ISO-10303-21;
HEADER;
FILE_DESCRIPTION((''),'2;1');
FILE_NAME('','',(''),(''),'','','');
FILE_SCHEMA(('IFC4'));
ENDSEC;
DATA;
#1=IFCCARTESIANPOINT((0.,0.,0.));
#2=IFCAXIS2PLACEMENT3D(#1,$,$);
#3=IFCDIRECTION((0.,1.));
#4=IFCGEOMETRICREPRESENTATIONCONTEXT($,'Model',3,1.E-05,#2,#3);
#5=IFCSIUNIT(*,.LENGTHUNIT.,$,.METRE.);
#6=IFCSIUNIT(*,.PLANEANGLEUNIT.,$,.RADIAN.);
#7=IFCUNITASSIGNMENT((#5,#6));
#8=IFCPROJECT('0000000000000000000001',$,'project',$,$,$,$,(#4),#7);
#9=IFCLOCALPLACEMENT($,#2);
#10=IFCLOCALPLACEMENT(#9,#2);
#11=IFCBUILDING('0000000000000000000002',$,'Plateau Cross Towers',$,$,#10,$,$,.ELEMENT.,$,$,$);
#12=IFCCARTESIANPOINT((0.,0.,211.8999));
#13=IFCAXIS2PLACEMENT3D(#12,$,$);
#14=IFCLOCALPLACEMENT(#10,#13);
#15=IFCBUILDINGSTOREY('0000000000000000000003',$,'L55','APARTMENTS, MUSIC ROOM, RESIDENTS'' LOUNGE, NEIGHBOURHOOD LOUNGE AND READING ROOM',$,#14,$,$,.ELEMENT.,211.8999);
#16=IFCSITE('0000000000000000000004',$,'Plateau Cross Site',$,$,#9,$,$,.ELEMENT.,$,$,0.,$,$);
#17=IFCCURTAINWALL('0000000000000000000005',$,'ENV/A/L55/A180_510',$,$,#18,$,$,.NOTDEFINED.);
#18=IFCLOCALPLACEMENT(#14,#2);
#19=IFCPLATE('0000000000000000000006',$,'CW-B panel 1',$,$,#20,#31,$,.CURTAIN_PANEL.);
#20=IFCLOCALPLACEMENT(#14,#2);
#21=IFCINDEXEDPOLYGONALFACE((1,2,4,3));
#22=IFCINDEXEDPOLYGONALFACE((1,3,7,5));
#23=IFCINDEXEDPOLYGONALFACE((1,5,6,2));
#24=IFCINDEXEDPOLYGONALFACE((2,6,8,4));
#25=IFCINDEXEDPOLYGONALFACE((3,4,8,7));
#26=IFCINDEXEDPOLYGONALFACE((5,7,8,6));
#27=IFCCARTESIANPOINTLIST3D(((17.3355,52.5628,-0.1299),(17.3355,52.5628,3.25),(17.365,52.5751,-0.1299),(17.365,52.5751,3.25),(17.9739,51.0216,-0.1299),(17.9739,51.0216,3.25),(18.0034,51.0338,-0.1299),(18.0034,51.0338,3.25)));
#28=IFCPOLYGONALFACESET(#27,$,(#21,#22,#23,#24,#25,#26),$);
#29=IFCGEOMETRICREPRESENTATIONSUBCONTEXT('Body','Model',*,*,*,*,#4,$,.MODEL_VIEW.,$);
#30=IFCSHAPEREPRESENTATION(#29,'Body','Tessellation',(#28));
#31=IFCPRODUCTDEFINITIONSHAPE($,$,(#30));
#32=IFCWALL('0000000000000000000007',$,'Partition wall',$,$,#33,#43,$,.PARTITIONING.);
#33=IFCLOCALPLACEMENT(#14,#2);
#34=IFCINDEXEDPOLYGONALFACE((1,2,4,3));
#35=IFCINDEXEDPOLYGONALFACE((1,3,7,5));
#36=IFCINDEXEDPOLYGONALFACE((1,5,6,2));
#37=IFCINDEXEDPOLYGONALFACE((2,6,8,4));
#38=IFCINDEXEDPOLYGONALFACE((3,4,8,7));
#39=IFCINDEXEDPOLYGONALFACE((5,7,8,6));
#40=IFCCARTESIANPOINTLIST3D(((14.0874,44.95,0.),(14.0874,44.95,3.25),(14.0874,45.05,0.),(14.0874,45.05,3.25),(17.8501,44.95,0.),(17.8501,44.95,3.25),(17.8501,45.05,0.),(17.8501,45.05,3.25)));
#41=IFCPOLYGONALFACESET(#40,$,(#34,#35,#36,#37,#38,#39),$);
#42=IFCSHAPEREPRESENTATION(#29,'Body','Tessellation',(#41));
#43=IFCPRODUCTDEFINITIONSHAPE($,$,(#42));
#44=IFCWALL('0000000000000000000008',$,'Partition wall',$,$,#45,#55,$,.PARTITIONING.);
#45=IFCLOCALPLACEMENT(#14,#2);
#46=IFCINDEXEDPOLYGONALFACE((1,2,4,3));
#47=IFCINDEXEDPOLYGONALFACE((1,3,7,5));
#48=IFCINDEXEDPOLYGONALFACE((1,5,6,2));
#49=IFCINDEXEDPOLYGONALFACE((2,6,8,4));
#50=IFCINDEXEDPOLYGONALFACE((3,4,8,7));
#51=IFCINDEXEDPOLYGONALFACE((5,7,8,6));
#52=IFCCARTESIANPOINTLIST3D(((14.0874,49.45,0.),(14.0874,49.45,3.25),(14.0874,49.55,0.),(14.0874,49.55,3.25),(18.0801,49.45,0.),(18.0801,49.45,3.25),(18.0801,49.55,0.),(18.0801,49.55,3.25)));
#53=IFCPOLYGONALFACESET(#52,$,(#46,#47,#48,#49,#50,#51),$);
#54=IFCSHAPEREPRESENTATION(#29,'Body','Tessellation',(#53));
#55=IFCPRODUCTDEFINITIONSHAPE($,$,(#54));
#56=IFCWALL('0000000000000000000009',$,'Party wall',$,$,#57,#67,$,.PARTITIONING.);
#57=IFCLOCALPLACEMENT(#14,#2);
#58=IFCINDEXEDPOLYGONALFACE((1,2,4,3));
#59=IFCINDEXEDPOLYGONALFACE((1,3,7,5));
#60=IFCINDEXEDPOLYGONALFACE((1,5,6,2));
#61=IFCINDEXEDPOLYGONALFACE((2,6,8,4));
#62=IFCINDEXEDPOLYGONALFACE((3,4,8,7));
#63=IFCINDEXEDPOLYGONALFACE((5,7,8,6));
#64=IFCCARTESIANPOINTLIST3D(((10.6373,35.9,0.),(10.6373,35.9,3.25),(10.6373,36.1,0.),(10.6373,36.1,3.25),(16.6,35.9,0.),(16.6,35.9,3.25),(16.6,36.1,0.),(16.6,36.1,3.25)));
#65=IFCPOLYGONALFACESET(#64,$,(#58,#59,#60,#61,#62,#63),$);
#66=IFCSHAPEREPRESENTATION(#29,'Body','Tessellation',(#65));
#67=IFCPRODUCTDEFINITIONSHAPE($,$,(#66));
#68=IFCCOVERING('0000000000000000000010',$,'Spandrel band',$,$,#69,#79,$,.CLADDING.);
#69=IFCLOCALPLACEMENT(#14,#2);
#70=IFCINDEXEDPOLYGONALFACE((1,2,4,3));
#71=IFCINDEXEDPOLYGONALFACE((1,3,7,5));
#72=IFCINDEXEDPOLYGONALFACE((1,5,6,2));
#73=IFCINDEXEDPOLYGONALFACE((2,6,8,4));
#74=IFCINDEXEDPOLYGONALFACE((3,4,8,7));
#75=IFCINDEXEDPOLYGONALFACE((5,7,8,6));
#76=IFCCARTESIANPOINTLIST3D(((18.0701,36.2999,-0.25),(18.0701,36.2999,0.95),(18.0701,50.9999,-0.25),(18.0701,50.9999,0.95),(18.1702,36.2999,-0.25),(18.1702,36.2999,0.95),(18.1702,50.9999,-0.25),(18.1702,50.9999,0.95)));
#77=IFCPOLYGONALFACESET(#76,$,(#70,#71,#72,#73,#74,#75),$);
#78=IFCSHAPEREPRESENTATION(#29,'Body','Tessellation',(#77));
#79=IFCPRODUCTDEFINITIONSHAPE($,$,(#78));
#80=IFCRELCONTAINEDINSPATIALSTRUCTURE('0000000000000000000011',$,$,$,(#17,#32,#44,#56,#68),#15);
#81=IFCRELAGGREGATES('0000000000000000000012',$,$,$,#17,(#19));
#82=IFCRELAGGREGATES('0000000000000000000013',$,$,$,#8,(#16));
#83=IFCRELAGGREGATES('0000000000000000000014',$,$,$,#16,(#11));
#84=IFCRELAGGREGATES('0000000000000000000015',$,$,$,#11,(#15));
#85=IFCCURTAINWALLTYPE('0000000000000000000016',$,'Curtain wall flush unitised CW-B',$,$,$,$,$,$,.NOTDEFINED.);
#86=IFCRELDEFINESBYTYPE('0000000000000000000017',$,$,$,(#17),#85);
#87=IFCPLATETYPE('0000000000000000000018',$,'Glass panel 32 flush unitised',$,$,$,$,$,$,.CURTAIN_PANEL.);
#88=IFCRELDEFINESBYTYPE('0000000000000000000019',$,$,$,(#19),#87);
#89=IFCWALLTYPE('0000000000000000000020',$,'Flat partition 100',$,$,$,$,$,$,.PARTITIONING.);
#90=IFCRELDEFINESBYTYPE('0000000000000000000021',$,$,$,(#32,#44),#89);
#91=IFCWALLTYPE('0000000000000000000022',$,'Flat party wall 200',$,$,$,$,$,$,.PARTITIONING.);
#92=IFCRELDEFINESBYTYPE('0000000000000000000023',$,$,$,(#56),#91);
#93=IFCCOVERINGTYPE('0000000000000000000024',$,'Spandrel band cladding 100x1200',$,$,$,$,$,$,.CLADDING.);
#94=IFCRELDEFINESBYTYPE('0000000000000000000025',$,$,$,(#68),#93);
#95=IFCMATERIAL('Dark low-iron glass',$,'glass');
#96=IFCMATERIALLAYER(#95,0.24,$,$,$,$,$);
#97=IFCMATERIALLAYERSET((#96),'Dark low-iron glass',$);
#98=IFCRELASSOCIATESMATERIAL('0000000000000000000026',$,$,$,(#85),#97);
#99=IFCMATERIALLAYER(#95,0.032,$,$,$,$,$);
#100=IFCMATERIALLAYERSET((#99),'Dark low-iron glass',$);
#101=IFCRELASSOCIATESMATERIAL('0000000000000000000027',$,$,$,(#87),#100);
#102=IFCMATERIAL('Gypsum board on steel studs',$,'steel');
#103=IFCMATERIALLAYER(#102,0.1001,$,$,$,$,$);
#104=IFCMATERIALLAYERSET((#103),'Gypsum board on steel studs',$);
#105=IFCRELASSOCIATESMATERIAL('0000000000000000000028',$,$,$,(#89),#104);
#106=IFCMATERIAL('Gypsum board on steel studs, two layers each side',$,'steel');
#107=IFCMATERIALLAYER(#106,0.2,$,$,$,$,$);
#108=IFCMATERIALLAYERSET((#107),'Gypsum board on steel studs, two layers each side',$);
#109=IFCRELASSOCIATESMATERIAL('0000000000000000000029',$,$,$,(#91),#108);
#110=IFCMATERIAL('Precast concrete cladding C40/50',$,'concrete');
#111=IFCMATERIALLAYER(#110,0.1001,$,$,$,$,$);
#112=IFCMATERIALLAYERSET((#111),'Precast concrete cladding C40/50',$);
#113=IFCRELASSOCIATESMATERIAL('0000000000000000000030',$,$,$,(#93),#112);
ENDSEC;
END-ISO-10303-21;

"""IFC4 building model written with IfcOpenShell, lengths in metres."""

from ifc_helpers import new_model, si_unit, direction, frame, frame_2d, origin, origin_2d, place, context, subcontext, project, spatial, rectangle, extrude, material, layer, layer_set, type_object, element, aggregate, save


model = new_model("IFC4")

# Units and contexts
model_context = context("Model", 3, precision=1e-05, world=origin(), true_north=direction((0.0, 1.0)))
body_context = subcontext(model_context, "Body", "Model", "MODEL_VIEW")
ifc_project = project(units=[si_unit("LENGTHUNIT", "METRE"), si_unit("PLANEANGLEUNIT", "RADIAN")], contexts=[model_context])

# Site, building, storey
site_placement = place(None, origin())
site = spatial("IfcSite", under=ifc_project, at=site_placement, Name="Plateau Cross Site", CompositionType="ELEMENT", RefElevation=0.0)
building_placement = place(site_placement, origin())
building = spatial("IfcBuilding", under=site, at=building_placement, Name="Plateau Cross Towers", CompositionType="ELEMENT")
storey_placement = place(building_placement, frame((0.0, 0.0, 211.8999)))
storey = spatial("IfcBuildingStorey", under=building, at=storey_placement, Name="L55", Description="APARTMENTS, MUSIC ROOM, RESIDENTS' LOUNGE, NEIGHBOURHOOD LOUNGE AND READING ROOM", CompositionType="ELEMENT", Elevation=211.8999)

# Shared definitions
ifc_material_1 = material(Name="Dark low-iron glass", Category="glass")
ifc_layer_1 = layer(ifc_material_1, 0.24)
ifc_layer_set_1 = layer_set([ifc_layer_1], Name="Dark low-iron glass")
curtain_wall_type = type_object("IfcCurtainWallType", Name="Curtain wall flush unitised CW-B", PredefinedType="NOTDEFINED", material=ifc_layer_set_1)

# Curtain wall
curtain_wall_1_placement = place(storey_placement, origin())
curtain_wall_1 = element("IfcCurtainWall", 1, at=curtain_wall_1_placement, inside=storey, type_object=curtain_wall_type, Name="ENV/A/L55/A180_510", PredefinedType="NOTDEFINED")

# Plate
ifc_layer_2 = layer(ifc_material_1, 0.032)
ifc_layer_set_2 = layer_set([ifc_layer_2], Name="Dark low-iron glass")
plate_type = type_object("IfcPlateType", Name="Glass panel 32 flush unitised", PredefinedType="CURTAIN_PANEL", material=ifc_layer_set_2)
plate_1_placement = place(storey_placement, frame((17.6694, 51.7983, -0.1299), z_axis=(0.0, 0.0, 1.0), x_axis=(-0.382684, 0.923879, 0.0)))
plate_1 = element("IfcPlate", 2, at=plate_1_placement, type_object=plate_type, Name="CW-B panel 1", PredefinedType="CURTAIN_PANEL", context=body_context, shape_type="SweptSolid", body=[
    extrude(rectangle(XDim=1.6682, YDim=0.032, at=origin_2d()), origin(), (0.0, 0.0, 1.0), 3.3799),
])
aggregate(curtain_wall_1, [plate_1])

# Walls
ifc_material_2 = material(Name="Gypsum board on steel studs", Category="steel")
ifc_layer_3 = layer(ifc_material_2, 0.1001)
ifc_layer_set_3 = layer_set([ifc_layer_3], Name="Gypsum board on steel studs")
wall_type_1 = type_object("IfcWallType", Name="Flat partition 100", PredefinedType="PARTITIONING", material=ifc_layer_set_3)
wall_1_placement = place(storey_placement, frame((17.8501, 45.0, 0.0), z_axis=(0.0, 0.0, 1.0), x_axis=(-1.0, 0.0, 0.0)))
element("IfcWall", 3, at=wall_1_placement, inside=storey, type_object=wall_type_1, Name="Partition wall", PredefinedType="PARTITIONING", context=body_context, shape_type="SweptSolid", body=[
    extrude(rectangle(XDim=3.7627, YDim=0.1001, at=frame_2d((1.8813, 0.0))), origin(), (0.0, 0.0, 1.0), 3.25),
])
wall_2_placement = place(storey_placement, frame((18.0801, 49.5, 0.0), z_axis=(0.0, 0.0, 1.0), x_axis=(-1.0, 0.0, 0.0)))
element("IfcWall", 4, at=wall_2_placement, inside=storey, type_object=wall_type_1, Name="Partition wall", PredefinedType="PARTITIONING", context=body_context, shape_type="SweptSolid", body=[
    extrude(rectangle(XDim=3.9927, YDim=0.1001, at=frame_2d((1.9963, 0.0))), origin(), (0.0, 0.0, 1.0), 3.25),
])
ifc_material_3 = material(Name="Gypsum board on steel studs, two layers each side", Category="steel")
ifc_layer_4 = layer(ifc_material_3, 0.2)
ifc_layer_set_4 = layer_set([ifc_layer_4], Name="Gypsum board on steel studs, two layers each side")
wall_type_2 = type_object("IfcWallType", Name="Flat party wall 200", PredefinedType="PARTITIONING", material=ifc_layer_set_4)
wall_3_placement = place(storey_placement, frame((16.6001, 36.0, 0.0), z_axis=(0.0, 0.0, 1.0), x_axis=(-1.0, 0.0, 0.0)))
element("IfcWall", 5, at=wall_3_placement, inside=storey, type_object=wall_type_2, Name="Party wall", PredefinedType="PARTITIONING", context=body_context, shape_type="SweptSolid", body=[
    extrude(rectangle(XDim=5.9626, YDim=0.2, at=frame_2d((2.9814, 0.0))), origin(), (0.0, 0.0, 1.0), 3.25),
])

# Covering
ifc_material_4 = material(Name="Precast concrete cladding C40/50", Category="concrete")
ifc_layer_5 = layer(ifc_material_4, 0.1001)
ifc_layer_set_5 = layer_set([ifc_layer_5], Name="Precast concrete cladding C40/50")
covering_type = type_object("IfcCoveringType", Name="Spandrel band cladding 100x1200", PredefinedType="CLADDING", material=ifc_layer_set_5)
covering_placement = place(storey_placement, frame((18.1201, 43.6499, -0.25), z_axis=(0.0, 0.0, 1.0), x_axis=(0.0, 1.0, 0.0)))
element("IfcCovering", 6, at=covering_placement, inside=storey, type_object=covering_type, Name="Spandrel band", PredefinedType="CLADDING", context=body_context, shape_type="SweptSolid", body=[
    extrude(rectangle(XDim=14.7, YDim=0.1001, at=origin_2d()), origin(), (0.0, 0.0, 1.0), 1.2),
])

save(model, "model.ifc")
